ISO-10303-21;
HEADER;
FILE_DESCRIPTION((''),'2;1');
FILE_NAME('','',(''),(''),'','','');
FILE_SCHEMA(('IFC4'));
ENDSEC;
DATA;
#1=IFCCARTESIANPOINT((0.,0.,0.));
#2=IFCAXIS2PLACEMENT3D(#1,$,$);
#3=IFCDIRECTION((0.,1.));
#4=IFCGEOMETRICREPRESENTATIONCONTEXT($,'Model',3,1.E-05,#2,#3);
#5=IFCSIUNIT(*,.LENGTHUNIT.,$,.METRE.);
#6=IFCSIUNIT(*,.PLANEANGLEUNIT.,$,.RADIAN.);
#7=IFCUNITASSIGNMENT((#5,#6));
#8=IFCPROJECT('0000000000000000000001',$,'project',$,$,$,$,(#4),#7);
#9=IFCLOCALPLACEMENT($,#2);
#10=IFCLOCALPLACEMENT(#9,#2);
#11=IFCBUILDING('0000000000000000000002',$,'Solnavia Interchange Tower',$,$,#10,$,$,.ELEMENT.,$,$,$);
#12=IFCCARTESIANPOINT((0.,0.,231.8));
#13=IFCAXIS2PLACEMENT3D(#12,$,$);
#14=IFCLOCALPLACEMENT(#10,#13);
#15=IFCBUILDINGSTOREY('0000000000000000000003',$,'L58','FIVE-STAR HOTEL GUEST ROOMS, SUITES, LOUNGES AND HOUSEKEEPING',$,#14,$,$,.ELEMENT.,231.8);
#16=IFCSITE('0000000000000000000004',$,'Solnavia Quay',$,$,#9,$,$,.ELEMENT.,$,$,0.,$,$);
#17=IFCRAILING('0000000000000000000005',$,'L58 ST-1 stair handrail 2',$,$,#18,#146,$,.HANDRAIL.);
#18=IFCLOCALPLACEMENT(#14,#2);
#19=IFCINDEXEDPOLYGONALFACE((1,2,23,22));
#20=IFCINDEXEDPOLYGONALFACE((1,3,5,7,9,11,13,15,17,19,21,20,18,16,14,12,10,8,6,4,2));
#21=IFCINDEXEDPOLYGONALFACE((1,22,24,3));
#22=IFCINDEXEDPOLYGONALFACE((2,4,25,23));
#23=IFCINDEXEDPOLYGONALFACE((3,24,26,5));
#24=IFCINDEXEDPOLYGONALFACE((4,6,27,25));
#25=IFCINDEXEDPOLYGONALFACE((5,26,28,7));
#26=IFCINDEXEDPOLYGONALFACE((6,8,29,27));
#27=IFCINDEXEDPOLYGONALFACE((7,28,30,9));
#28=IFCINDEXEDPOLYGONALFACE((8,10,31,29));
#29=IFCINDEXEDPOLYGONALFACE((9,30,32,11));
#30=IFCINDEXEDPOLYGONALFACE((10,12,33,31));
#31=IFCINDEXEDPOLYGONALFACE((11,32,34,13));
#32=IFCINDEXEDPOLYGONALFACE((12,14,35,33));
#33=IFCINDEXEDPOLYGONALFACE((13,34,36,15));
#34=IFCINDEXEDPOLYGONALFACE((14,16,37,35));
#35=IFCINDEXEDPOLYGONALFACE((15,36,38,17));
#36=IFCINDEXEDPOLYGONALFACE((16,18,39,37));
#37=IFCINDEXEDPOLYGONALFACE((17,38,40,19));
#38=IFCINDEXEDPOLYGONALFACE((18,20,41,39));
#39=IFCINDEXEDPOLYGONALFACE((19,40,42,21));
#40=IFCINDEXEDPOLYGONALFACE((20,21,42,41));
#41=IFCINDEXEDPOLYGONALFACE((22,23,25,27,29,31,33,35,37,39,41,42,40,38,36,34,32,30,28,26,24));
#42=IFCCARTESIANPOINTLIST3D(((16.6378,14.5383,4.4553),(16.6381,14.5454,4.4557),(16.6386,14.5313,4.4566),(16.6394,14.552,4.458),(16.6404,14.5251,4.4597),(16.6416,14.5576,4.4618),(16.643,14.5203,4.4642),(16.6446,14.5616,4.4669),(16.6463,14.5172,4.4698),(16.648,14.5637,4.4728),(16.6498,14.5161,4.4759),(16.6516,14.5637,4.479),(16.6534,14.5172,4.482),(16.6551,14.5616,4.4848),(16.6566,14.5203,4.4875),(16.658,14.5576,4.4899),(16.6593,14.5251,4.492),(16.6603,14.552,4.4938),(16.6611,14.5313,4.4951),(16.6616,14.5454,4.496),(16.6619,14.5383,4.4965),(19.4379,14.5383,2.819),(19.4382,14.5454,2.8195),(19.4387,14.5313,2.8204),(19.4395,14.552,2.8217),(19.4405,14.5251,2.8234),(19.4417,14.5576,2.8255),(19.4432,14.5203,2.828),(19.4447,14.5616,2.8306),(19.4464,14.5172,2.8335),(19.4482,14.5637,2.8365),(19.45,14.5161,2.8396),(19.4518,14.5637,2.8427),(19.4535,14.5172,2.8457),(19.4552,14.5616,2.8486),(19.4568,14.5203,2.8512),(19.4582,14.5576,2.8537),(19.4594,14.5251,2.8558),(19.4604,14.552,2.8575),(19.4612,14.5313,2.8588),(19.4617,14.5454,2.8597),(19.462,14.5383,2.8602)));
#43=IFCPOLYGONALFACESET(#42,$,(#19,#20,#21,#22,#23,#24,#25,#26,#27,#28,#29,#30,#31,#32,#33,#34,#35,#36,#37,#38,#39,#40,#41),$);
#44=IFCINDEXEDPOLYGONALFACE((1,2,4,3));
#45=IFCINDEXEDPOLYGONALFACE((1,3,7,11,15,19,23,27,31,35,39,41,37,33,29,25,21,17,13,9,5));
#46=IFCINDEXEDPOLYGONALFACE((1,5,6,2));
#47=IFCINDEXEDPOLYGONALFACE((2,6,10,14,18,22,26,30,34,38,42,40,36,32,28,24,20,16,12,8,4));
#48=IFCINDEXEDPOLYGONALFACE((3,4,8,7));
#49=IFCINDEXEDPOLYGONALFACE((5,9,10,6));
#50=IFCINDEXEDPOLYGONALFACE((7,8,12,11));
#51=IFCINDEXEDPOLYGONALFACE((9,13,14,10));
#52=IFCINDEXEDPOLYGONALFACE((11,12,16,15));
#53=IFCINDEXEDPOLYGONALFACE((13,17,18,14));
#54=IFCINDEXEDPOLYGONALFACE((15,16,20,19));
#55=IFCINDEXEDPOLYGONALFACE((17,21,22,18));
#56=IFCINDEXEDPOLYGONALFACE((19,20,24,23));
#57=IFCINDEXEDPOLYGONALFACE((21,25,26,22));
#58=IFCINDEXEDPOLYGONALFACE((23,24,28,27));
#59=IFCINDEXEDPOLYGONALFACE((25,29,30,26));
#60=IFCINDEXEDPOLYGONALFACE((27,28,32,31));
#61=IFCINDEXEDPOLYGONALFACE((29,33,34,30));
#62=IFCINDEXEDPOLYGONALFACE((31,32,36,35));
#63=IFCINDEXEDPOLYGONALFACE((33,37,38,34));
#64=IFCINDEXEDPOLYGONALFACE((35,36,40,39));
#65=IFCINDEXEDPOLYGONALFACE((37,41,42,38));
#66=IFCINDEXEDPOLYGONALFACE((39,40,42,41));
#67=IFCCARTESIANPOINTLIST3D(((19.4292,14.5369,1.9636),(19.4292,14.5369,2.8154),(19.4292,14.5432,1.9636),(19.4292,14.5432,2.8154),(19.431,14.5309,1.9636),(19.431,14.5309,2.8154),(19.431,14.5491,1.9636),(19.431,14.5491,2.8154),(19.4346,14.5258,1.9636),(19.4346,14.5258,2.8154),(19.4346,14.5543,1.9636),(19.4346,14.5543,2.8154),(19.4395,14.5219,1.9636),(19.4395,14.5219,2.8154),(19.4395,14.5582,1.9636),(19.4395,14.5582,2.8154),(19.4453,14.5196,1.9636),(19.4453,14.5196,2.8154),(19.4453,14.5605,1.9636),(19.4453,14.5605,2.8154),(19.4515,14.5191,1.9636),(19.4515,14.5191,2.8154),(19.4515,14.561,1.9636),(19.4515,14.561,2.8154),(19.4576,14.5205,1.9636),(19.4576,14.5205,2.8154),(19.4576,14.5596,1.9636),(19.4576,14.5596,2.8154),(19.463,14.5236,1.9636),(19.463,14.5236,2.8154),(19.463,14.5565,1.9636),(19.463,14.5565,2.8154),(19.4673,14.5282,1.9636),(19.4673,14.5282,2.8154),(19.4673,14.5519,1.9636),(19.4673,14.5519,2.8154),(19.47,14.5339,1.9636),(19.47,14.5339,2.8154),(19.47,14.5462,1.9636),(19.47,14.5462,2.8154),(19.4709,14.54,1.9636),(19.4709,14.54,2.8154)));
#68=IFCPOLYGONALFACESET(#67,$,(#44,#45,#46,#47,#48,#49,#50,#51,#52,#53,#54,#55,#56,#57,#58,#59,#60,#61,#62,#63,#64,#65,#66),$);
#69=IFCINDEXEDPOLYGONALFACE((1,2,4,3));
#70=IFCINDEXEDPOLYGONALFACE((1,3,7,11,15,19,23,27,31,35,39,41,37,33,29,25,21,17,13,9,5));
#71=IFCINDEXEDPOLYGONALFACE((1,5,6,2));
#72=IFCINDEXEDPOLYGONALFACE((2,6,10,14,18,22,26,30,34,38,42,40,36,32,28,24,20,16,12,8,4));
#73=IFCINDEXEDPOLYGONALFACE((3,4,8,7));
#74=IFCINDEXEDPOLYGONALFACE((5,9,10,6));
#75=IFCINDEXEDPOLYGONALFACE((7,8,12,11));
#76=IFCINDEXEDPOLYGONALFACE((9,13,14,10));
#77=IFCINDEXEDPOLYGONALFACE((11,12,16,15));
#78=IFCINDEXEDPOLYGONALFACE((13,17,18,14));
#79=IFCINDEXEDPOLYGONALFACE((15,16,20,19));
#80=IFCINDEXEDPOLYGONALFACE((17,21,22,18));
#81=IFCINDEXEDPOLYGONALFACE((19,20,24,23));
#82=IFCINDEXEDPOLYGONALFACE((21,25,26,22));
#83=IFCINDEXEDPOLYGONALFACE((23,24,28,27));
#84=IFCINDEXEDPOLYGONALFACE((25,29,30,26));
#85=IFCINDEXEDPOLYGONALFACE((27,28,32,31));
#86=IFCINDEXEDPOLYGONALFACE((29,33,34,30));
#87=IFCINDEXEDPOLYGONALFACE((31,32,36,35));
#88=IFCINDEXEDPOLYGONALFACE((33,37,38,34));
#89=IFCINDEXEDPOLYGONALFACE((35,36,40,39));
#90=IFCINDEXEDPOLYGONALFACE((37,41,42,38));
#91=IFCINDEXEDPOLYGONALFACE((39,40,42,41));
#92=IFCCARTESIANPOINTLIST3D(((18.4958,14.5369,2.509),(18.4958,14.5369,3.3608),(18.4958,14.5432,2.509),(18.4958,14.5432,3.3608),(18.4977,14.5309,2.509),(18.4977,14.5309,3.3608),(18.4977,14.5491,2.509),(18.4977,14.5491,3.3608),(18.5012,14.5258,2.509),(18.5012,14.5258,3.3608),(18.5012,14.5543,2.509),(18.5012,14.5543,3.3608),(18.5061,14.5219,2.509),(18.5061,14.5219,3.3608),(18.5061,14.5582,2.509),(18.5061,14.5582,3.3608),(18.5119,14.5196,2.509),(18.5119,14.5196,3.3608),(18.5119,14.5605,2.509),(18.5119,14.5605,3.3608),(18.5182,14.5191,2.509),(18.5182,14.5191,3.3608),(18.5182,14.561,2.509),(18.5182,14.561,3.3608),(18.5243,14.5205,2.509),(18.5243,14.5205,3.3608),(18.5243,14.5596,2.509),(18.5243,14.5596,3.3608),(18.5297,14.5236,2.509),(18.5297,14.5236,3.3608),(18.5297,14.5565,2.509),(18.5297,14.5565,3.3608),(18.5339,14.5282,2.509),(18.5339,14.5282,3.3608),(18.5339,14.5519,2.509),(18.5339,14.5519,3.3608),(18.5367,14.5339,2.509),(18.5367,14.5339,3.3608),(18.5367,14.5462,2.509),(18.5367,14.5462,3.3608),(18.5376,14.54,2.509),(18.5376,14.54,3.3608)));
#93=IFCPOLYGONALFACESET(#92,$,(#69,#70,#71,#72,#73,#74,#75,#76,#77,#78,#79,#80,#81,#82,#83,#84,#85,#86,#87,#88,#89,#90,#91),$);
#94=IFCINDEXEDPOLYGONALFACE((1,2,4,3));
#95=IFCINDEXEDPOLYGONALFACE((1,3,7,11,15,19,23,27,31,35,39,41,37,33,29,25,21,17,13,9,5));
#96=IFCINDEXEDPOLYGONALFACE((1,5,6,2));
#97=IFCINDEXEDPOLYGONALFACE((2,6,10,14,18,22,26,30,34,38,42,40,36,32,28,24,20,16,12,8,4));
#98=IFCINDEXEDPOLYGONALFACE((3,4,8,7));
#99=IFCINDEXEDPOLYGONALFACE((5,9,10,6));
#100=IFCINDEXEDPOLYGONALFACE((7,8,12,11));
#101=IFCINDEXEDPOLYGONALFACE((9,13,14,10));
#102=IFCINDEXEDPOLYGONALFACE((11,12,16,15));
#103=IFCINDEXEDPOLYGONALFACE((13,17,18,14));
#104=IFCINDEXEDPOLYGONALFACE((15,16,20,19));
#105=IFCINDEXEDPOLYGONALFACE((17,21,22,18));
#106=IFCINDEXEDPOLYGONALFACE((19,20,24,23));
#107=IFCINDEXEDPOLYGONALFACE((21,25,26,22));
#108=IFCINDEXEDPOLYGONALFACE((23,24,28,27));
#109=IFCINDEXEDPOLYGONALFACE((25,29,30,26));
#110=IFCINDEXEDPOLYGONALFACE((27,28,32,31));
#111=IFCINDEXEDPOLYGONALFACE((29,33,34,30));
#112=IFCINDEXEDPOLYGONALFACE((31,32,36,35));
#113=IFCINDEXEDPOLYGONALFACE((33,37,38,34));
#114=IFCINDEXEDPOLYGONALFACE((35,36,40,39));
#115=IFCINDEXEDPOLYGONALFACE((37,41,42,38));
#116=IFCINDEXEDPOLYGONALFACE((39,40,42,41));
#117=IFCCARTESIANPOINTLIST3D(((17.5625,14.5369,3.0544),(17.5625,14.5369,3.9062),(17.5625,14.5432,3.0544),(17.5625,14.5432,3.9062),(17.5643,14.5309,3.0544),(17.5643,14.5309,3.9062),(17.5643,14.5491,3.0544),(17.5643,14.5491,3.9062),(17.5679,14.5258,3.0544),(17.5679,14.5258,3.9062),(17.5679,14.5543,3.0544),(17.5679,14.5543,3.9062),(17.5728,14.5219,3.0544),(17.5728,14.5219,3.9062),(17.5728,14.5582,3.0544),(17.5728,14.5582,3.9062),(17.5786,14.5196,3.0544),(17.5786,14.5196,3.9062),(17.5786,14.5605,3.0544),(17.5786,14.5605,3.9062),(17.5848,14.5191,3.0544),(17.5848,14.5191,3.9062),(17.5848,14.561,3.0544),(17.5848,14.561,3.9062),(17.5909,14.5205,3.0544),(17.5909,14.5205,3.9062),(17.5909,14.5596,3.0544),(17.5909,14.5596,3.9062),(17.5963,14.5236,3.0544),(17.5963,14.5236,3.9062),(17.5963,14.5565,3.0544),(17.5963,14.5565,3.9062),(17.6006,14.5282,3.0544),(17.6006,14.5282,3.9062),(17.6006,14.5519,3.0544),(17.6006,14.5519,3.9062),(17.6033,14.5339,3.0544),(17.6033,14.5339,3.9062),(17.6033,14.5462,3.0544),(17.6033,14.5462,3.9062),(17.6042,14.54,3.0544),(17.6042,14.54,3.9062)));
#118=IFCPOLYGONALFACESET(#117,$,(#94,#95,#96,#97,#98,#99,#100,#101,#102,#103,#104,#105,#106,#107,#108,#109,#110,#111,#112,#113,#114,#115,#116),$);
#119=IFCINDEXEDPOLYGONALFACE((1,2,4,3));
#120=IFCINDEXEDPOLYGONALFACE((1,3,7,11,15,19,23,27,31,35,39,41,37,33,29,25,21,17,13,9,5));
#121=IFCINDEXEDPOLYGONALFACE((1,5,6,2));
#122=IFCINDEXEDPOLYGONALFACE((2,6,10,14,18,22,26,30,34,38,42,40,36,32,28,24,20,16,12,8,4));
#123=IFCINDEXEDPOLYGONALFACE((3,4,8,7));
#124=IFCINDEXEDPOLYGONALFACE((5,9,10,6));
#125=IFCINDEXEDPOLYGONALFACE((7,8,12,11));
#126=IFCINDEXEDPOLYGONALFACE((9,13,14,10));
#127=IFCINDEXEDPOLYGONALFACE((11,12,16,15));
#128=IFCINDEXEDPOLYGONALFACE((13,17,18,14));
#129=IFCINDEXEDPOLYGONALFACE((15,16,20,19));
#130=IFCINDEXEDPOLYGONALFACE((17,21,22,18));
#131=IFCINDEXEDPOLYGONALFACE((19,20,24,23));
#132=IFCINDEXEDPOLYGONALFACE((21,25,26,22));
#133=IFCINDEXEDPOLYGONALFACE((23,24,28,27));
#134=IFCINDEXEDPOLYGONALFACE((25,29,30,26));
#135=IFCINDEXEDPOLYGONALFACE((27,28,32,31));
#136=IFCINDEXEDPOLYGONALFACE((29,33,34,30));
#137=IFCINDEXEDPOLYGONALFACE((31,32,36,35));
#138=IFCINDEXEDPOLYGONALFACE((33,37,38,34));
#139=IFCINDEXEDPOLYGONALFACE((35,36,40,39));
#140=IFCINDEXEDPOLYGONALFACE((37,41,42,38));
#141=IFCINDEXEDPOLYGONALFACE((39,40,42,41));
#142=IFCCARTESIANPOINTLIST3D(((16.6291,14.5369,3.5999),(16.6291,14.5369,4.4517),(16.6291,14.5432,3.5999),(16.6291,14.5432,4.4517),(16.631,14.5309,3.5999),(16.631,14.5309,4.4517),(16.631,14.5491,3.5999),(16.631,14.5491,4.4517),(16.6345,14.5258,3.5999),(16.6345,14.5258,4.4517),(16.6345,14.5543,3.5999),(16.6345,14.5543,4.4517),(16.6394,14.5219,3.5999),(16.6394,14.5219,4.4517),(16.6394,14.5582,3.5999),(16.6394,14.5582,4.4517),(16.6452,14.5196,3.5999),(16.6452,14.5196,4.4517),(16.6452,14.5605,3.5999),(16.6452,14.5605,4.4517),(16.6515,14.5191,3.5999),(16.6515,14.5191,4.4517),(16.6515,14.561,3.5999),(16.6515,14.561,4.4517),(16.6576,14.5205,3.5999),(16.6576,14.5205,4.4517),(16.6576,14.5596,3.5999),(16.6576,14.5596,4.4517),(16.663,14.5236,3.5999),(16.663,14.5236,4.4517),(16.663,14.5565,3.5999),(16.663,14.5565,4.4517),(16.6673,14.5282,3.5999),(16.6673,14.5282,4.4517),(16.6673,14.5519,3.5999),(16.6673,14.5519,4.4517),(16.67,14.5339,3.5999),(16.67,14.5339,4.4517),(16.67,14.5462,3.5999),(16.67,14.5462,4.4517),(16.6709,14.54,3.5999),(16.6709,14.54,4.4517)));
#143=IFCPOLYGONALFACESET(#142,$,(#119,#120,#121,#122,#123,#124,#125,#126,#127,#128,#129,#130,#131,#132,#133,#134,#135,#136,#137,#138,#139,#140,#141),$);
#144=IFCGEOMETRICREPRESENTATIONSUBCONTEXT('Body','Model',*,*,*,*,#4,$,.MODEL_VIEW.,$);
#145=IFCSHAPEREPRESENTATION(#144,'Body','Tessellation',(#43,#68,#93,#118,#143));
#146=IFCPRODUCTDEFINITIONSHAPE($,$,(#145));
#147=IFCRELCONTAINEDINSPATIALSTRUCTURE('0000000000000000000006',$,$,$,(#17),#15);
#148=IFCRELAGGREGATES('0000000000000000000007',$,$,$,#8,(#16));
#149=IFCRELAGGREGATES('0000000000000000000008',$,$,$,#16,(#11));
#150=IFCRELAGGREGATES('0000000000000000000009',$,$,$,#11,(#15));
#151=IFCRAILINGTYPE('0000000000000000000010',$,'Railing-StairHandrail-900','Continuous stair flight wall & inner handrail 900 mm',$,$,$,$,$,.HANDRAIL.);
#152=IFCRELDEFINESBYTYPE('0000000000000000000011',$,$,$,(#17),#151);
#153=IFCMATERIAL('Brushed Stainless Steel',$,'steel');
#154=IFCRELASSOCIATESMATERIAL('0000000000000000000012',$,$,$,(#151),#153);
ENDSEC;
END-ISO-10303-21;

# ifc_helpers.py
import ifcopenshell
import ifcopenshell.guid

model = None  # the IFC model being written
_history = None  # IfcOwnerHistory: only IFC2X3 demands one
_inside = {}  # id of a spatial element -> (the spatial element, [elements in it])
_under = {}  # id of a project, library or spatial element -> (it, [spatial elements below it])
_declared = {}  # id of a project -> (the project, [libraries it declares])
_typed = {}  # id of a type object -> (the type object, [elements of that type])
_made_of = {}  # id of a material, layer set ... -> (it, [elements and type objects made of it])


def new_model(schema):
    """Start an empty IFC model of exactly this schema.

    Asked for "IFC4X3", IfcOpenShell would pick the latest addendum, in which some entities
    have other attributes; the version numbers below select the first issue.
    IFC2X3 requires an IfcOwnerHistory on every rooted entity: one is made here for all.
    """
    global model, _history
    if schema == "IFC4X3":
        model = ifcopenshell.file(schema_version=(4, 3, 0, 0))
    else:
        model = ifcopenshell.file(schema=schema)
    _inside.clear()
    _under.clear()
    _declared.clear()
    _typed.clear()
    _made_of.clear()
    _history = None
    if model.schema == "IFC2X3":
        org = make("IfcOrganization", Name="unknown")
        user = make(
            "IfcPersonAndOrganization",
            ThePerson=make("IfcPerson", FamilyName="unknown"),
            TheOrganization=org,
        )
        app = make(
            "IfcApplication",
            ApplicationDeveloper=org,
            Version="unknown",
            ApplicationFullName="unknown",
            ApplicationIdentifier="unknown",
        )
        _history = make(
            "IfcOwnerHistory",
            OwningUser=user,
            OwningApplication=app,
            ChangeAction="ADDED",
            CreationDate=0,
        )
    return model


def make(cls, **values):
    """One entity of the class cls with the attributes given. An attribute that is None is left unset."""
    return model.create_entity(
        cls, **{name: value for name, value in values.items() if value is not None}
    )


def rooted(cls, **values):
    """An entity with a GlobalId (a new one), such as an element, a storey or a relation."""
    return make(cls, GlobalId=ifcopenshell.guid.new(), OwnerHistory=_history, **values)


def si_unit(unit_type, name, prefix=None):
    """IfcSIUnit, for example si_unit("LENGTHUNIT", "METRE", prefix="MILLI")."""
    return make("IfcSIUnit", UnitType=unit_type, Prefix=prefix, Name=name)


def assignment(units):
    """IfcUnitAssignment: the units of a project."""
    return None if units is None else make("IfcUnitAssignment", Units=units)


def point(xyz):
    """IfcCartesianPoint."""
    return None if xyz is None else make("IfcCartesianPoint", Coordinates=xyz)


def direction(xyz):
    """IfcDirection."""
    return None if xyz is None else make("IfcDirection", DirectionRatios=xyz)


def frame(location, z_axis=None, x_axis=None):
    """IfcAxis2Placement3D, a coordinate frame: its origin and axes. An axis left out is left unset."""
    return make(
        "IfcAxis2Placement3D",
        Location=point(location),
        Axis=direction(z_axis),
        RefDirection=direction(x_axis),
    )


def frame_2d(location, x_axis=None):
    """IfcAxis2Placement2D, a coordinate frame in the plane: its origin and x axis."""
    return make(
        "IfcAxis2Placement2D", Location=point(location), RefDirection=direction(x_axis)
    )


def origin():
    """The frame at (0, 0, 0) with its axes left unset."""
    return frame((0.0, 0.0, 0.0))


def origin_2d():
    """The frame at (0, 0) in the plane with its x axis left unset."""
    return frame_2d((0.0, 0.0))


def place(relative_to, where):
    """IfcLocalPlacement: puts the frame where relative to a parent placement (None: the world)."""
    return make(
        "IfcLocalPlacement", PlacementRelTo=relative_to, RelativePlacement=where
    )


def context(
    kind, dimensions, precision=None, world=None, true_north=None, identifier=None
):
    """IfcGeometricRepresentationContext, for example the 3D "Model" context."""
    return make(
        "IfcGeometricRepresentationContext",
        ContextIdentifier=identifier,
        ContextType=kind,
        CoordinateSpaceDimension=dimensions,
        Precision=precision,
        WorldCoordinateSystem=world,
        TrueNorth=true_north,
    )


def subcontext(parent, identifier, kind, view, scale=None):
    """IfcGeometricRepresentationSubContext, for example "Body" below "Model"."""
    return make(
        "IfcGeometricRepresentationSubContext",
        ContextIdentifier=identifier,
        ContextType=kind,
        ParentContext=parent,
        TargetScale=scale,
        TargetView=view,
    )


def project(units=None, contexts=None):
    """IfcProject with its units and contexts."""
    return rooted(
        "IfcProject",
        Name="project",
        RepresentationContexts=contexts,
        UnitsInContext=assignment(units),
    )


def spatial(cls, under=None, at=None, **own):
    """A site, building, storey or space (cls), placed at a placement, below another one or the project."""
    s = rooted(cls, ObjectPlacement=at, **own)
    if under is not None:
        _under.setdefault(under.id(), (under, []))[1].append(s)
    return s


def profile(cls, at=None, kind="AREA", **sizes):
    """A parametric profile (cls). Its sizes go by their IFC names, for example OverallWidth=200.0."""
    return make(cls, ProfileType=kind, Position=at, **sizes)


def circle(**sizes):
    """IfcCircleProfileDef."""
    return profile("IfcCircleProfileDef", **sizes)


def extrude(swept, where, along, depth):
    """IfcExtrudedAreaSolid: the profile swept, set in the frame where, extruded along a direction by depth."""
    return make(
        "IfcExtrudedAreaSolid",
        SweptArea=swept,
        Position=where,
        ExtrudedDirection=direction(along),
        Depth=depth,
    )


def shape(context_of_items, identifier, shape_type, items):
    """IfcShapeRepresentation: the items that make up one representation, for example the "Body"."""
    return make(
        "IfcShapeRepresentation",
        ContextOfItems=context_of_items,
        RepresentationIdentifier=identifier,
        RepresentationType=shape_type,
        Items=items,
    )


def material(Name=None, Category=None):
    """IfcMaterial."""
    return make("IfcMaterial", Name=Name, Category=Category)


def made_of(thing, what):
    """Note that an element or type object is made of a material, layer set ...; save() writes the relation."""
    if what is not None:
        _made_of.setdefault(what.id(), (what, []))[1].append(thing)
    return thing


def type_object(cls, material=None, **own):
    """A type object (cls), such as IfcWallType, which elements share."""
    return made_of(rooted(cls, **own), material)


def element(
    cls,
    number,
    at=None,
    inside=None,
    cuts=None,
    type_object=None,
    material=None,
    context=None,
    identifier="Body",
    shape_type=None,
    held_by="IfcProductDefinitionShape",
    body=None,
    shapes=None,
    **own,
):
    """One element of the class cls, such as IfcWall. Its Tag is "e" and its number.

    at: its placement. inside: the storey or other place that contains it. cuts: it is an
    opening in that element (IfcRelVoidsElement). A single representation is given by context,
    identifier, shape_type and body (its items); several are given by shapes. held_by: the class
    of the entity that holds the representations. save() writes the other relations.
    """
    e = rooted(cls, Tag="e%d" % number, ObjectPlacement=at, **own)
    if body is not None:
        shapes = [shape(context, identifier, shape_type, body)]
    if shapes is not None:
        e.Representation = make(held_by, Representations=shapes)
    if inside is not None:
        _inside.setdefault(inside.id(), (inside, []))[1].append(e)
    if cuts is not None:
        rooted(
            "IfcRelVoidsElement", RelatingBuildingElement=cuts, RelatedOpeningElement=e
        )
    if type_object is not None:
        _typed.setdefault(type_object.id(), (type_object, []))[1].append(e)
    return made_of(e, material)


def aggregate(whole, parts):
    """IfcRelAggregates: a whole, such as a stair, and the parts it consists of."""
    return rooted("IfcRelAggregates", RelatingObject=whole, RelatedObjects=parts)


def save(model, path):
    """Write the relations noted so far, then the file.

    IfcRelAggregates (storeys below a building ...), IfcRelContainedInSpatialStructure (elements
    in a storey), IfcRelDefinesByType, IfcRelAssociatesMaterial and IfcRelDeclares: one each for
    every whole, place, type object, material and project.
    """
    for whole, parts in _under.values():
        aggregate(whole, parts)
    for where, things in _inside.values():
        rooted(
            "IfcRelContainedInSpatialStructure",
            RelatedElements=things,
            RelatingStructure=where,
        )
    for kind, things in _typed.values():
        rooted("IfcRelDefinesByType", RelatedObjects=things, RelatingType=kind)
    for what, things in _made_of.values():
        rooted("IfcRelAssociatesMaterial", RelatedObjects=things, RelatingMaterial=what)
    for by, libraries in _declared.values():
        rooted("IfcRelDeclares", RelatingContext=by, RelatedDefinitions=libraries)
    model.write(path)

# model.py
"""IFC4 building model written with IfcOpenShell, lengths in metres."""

from ifc_helpers import new_model, si_unit, direction, frame, origin, origin_2d, place, context, subcontext, project, spatial, circle, extrude, material, type_object, element, save


model = new_model("IFC4")

# Units and contexts
model_context = context("Model", 3, precision=1e-05, world=origin(), true_north=direction((0.0, 1.0)))
body_context = subcontext(model_context, "Body", "Model", "MODEL_VIEW")
ifc_project = project(units=[si_unit("LENGTHUNIT", "METRE"), si_unit("PLANEANGLEUNIT", "RADIAN")], contexts=[model_context])

# Site, building, storey
site_placement = place(None, origin())
site = spatial("IfcSite", under=ifc_project, at=site_placement, Name="Solnavia Quay", CompositionType="ELEMENT", RefElevation=0.0)
building_placement = place(site_placement, origin())
building = spatial("IfcBuilding", under=site, at=building_placement, Name="Solnavia Interchange Tower", CompositionType="ELEMENT")
storey_placement = place(building_placement, frame((0.0, 0.0, 231.8)))
storey = spatial("IfcBuildingStorey", under=building, at=storey_placement, Name="L58", Description="FIVE-STAR HOTEL GUEST ROOMS, SUITES, LOUNGES AND HOUSEKEEPING", CompositionType="ELEMENT", Elevation=231.8)

# Railing
ifc_material_1 = material(Name="Brushed Stainless Steel", Category="steel")
railing_type_1 = type_object("IfcRailingType", Name="Railing-StairHandrail-900", Description="Continuous stair flight wall & inner handrail 900 mm", PredefinedType="HANDRAIL", material=ifc_material_1)
railing_1_placement = place(storey_placement, frame((19.45, 14.54, 1.9636)))
element("IfcRailing", 1, at=railing_1_placement, inside=storey, type_object=railing_type_1, Name="L58 ST-1 stair handrail 2", PredefinedType="HANDRAIL", context=body_context, shape_type="SweptSolid", body=[
    extrude(circle(Radius=0.0239, at=origin_2d()), frame((0.0, 0.0, 0.876), z_axis=(-0.863394, 0.0, 0.504531), x_axis=(0.0, -1.0, 0.0)), (0.0, 0.0, 1.0), 3.2432),
    extrude(circle(Radius=0.021, at=origin_2d()), origin(), (0.0, 0.0, 1.0), 0.8518),
    extrude(circle(Radius=0.021, at=origin_2d()), frame((-0.9333, 0.0, 0.5454)), (0.0, 0.0, 1.0), 0.8518),
    extrude(circle(Radius=0.021, at=origin_2d()), frame((-1.8667, 0.0, 1.0908)), (0.0, 0.0, 1.0), 0.8518),
    extrude(circle(Radius=0.021, at=origin_2d()), frame((-2.8, 0.0, 1.6362)), (0.0, 0.0, 1.0), 0.8518),
])

save(model, "model.ifc")
